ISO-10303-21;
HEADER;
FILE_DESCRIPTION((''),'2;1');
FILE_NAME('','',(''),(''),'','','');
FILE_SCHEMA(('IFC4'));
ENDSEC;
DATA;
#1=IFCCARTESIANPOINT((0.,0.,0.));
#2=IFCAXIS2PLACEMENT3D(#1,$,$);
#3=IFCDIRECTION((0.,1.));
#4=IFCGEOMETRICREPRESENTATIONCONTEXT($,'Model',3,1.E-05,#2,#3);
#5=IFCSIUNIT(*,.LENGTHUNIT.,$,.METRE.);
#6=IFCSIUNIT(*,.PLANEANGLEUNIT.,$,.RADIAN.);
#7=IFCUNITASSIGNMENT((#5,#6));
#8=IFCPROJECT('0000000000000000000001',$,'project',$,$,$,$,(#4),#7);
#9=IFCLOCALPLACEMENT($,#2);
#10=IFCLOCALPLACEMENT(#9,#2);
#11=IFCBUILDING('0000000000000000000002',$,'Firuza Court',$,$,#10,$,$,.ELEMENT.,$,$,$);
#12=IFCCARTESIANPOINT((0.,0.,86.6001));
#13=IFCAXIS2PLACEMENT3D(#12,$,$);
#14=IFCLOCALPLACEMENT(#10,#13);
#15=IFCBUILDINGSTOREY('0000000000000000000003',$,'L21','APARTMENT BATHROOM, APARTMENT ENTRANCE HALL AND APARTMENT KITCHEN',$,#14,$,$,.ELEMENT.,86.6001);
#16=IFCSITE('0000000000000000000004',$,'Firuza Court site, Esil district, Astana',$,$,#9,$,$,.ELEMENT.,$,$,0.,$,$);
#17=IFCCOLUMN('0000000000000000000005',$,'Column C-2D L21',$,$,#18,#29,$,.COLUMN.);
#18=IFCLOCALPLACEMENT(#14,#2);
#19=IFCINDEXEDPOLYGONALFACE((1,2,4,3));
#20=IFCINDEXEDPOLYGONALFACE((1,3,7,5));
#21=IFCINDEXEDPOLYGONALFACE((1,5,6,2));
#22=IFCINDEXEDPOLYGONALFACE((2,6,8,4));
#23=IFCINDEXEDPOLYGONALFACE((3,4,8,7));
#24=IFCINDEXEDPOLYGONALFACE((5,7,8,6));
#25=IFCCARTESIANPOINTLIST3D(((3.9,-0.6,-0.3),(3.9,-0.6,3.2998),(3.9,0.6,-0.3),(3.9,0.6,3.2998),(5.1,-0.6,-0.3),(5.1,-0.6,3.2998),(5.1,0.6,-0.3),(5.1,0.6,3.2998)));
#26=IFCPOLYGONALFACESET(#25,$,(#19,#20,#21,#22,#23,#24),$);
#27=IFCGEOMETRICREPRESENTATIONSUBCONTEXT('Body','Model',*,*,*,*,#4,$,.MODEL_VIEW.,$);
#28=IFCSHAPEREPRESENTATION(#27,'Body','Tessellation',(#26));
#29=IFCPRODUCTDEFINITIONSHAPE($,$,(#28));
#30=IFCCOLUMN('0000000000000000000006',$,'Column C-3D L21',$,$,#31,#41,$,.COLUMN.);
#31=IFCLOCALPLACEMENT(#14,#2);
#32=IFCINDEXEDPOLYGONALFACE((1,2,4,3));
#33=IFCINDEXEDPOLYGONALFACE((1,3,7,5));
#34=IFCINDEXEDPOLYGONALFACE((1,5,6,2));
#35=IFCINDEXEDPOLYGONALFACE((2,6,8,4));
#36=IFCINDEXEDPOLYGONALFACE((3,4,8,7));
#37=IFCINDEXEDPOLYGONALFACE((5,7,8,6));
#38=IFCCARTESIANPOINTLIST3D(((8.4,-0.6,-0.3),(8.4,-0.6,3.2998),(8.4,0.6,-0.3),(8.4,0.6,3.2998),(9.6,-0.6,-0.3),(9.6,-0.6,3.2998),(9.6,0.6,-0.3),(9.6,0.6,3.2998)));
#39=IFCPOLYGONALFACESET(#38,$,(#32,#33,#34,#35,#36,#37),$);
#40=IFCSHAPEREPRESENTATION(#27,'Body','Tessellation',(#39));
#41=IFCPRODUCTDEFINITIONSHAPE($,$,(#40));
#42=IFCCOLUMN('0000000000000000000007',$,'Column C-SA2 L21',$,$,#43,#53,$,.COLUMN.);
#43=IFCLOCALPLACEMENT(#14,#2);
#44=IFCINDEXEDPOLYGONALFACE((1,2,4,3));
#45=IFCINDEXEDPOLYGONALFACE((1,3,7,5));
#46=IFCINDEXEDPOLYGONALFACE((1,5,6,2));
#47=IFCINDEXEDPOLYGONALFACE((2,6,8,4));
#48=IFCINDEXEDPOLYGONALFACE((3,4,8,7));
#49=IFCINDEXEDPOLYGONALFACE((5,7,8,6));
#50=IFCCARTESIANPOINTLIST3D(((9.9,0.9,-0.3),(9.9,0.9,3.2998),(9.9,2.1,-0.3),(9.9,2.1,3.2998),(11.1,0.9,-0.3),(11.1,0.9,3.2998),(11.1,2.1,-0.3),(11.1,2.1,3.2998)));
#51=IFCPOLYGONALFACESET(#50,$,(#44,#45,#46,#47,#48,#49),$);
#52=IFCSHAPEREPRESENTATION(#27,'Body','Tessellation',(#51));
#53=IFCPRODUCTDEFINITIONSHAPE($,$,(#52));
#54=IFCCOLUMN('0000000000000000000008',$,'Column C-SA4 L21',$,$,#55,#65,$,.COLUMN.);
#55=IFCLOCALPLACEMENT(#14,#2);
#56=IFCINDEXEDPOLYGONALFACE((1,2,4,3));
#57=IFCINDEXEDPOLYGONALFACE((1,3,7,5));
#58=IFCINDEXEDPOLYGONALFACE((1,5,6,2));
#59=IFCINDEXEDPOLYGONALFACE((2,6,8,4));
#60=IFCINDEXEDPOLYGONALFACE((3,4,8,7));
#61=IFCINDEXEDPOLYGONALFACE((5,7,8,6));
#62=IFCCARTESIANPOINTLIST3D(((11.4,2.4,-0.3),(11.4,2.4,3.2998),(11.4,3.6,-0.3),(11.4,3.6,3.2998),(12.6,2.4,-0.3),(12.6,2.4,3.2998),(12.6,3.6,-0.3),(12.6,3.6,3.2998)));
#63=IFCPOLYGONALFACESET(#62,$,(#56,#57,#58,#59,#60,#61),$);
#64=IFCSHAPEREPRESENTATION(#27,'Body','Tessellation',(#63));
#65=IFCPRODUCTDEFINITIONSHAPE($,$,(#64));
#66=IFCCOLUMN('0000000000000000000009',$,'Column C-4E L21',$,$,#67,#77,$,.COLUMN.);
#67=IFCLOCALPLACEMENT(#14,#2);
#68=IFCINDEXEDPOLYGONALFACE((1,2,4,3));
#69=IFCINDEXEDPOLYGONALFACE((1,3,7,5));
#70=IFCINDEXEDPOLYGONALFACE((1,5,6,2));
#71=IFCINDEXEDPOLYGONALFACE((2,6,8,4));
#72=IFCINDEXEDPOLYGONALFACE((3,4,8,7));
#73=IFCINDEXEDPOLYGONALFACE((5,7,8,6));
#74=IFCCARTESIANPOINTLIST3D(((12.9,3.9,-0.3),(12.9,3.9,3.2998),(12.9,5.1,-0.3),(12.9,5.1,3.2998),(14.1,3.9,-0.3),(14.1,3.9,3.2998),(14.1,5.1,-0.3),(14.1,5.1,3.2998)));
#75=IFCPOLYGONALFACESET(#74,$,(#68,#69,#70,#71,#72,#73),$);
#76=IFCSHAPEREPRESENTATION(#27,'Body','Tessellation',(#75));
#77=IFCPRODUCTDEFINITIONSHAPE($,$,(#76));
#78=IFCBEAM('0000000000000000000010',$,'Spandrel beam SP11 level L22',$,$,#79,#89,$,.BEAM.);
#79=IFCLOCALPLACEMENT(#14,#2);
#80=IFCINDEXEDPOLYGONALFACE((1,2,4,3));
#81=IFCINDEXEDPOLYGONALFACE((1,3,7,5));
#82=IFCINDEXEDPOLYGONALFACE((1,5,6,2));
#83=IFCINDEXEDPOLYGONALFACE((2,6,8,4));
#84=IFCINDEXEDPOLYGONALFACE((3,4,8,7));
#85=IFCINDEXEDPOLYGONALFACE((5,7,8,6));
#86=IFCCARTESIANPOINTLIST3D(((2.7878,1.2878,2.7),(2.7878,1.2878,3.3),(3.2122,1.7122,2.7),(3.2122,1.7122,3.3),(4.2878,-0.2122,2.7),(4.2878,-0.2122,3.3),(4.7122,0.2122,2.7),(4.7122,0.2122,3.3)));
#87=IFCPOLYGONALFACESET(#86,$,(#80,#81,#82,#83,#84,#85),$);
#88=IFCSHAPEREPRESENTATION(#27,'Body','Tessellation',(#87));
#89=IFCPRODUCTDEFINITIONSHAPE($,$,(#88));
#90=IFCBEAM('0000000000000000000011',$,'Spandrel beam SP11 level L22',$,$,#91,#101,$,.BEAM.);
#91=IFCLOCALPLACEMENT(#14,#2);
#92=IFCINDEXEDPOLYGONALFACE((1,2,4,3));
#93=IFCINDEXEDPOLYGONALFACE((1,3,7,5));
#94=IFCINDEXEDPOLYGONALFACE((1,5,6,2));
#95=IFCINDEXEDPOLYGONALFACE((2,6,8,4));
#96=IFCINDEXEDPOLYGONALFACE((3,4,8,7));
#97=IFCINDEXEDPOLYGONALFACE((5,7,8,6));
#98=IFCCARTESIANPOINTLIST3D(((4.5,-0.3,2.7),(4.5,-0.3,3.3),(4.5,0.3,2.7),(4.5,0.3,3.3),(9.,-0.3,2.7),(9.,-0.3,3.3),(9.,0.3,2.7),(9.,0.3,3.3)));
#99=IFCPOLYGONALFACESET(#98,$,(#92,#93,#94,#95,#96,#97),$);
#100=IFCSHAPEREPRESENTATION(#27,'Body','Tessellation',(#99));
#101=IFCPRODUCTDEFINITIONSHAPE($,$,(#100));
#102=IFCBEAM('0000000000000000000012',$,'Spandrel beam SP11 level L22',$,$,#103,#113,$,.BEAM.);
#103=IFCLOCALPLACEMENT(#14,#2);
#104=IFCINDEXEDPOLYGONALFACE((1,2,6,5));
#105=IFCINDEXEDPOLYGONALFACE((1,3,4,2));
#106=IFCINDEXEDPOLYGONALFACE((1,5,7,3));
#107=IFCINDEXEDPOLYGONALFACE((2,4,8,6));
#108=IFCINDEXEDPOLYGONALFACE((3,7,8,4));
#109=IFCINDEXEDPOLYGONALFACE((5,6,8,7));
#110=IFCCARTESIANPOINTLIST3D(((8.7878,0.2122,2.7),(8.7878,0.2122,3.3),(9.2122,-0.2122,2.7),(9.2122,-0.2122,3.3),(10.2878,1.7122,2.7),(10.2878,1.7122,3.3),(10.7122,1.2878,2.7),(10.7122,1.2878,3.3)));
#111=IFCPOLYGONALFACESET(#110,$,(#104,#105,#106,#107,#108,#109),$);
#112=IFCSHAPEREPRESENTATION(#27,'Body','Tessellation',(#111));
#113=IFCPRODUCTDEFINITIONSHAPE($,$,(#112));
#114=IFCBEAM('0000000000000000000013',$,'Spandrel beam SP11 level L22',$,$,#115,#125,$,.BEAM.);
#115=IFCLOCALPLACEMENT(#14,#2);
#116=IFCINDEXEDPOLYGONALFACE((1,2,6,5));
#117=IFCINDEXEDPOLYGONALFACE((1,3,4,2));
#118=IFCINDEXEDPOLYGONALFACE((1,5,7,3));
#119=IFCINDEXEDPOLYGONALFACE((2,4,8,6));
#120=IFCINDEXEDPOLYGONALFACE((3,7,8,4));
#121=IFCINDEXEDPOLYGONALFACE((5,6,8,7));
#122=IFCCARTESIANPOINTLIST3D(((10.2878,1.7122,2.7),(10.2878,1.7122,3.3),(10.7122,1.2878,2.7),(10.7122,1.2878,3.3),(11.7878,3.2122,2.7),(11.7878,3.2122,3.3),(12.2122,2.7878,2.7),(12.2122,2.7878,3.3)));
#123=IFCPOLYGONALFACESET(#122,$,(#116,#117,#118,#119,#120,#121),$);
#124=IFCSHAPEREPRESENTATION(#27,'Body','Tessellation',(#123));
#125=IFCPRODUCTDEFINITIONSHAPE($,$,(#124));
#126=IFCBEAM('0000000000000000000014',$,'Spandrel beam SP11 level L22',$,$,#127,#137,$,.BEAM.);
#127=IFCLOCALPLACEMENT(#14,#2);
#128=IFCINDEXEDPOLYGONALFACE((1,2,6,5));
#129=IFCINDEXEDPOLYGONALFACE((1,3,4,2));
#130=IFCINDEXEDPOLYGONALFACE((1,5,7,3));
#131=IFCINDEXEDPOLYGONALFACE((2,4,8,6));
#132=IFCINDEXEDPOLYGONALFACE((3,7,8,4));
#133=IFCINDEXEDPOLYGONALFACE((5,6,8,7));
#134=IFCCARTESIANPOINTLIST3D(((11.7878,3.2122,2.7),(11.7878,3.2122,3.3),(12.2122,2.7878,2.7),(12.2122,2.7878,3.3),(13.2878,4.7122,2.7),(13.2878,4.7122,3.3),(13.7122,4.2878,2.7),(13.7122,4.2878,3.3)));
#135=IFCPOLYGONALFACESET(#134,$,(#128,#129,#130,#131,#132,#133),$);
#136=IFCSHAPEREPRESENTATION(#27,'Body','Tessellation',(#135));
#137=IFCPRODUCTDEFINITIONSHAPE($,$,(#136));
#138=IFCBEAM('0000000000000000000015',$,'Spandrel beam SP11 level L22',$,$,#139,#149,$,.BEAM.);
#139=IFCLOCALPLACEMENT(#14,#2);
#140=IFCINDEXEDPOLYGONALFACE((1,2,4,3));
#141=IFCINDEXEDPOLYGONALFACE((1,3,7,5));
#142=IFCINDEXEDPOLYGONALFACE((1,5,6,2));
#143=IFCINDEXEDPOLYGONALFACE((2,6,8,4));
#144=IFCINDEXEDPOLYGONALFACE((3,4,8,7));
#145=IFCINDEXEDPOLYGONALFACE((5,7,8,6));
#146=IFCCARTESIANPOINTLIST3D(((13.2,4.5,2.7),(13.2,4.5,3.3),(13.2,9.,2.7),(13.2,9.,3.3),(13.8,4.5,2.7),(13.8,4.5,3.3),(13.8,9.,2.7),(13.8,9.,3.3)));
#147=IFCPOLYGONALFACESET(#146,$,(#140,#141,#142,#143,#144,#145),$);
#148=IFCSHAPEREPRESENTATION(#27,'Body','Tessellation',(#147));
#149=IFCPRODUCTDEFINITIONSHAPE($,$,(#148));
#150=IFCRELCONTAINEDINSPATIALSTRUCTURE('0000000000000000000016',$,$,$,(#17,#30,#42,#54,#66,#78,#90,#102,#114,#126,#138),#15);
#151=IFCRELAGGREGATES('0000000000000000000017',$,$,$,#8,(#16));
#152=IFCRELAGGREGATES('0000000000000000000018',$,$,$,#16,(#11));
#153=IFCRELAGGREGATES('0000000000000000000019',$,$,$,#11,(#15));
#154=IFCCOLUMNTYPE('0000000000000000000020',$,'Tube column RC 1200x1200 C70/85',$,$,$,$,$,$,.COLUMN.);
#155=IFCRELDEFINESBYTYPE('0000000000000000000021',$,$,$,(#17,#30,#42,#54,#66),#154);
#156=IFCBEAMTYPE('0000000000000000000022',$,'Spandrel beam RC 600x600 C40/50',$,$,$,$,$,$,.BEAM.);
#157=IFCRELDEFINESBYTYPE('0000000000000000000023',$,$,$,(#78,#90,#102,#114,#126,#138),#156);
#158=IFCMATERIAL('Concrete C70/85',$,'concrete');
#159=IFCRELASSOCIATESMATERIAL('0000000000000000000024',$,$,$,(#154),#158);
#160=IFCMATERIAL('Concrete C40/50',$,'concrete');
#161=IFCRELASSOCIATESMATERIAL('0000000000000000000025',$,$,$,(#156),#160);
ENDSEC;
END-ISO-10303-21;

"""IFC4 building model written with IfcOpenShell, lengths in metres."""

from ifc_helpers import new_model, si_unit, direction, frame, origin, origin_2d, place, context, subcontext, project, spatial, rectangle, extrude, material, material_profile, profile_set, type_object, element, save


model = new_model("IFC4")

# Units and contexts
model_context = context("Model", 3, precision=1e-05, world=origin(), true_north=direction((0.0, 1.0)))
body_context = subcontext(model_context, "Body", "Model", "MODEL_VIEW")
ifc_project = project(units=[si_unit("LENGTHUNIT", "METRE"), si_unit("PLANEANGLEUNIT", "RADIAN")], contexts=[model_context])

# Site, building, storey
site_placement = place(None, origin())
site = spatial("IfcSite", under=ifc_project, at=site_placement, Name="Firuza Court site, Esil district, Astana", CompositionType="ELEMENT", RefElevation=0.0)
building_placement = place(site_placement, origin())
building = spatial("IfcBuilding", under=site, at=building_placement, Name="Firuza Court", CompositionType="ELEMENT")
storey_placement = place(building_placement, frame((0.0, 0.0, 86.6001)))
storey = spatial("IfcBuildingStorey", under=building, at=storey_placement, Name="L21", Description="APARTMENT BATHROOM, APARTMENT ENTRANCE HALL AND APARTMENT KITCHEN", CompositionType="ELEMENT", Elevation=86.6001)

# Columns
ifc_material_1 = material(Name="Concrete C70/85", Category="concrete")
ifc_material_profile_1 = material_profile(ifc_material_1, rectangle(XDim=1.2, YDim=1.2, at=origin_2d()), Name="RC 1200x1200")
ifc_profile_set_1 = profile_set([ifc_material_profile_1], Name="Concrete C70/85")
column_type = type_object("IfcColumnType", Name="Tube column RC 1200x1200 C70/85", PredefinedType="COLUMN", material=ifc_profile_set_1)
for number, where, z_axis, x_axis, name in (
    (1, (4.5, 0.0, -0.3), (0.0, 0.0, 1.0), (1.0, 0.0, 0.0), "Column C-2D L21"),
    (2, (9.0, 0.0, -0.3), (0.0, 0.0, 1.0), (1.0, 0.0, 0.0), "Column C-3D L21"),
    (3, (10.5, 1.5, -0.3), (0.0, 0.0, 1.0), (1.0, 0.0, 0.0), "Column C-SA2 L21"),
    (4, (12.0, 3.0, -0.3), (0.0, 0.0, 1.0), (1.0, 0.0, 0.0), "Column C-SA4 L21"),
    (5, (13.5, 4.5, -0.3), (0.0, 0.0, 1.0), (1.0, 0.0, 0.0), "Column C-4E L21"),
):
    element("IfcColumn", number, at=place(storey_placement, frame(where, z_axis=z_axis, x_axis=x_axis)), inside=storey, type_object=column_type, Name=name, PredefinedType="COLUMN", context=body_context, shape_type="SweptSolid", body=[
        extrude(rectangle(XDim=1.2, YDim=1.2, at=origin_2d()), origin(), (0.0, 0.0, 1.0), 3.5999),
    ])

# Beams
ifc_material_2 = material(Name="Concrete C40/50", Category="concrete")
ifc_material_profile_2 = material_profile(ifc_material_2, rectangle(XDim=0.6001, YDim=0.6001, at=origin_2d()), Name="RC 600x600")
ifc_profile_set_2 = profile_set([ifc_material_profile_2], Name="Concrete C40/50")
beam_type = type_object("IfcBeamType", Name="Spandrel beam RC 600x600 C40/50", PredefinedType="BEAM", material=ifc_profile_set_2)
beam_1_placement = place(storey_placement, frame((3.0, 1.5, 3.0), z_axis=(0.707107, -0.707107, 0.0), x_axis=(0.707107, 0.707107, 0.0)))
element("IfcBeam", 6, at=beam_1_placement, inside=storey, type_object=beam_type, Name="Spandrel beam SP11 level L22", PredefinedType="BEAM", context=body_context, shape_type="SweptSolid", body=[
    extrude(rectangle(XDim=0.6001, YDim=0.6001, at=origin_2d()), origin(), (0.0, 0.0, 1.0), 2.1213),
])
beam_2_placement = place(storey_placement, frame((4.5, 0.0, 3.0), z_axis=(1.0, 0.0, 0.0), x_axis=(0.0, 1.0, 0.0)))
element("IfcBeam", 7, at=beam_2_placement, inside=storey, type_object=beam_type, Name="Spandrel beam SP11 level L22", PredefinedType="BEAM", context=body_context, shape_type="SweptSolid", body=[
    extrude(rectangle(XDim=0.6001, YDim=0.6001, at=origin_2d()), origin(), (0.0, 0.0, 1.0), 4.5),
])
for number, where, z_axis, x_axis, name in (
    (8, (9.0, 0.0, 3.0), (0.707107, 0.707107, 0.0), (-0.707107, 0.707107, 0.0), "Spandrel beam SP11 level L22"),
    (9, (10.5, 1.5, 3.0), (0.707107, 0.707107, 0.0), (-0.707107, 0.707107, 0.0), "Spandrel beam SP11 level L22"),
    (10, (12.0, 3.0, 3.0), (0.707107, 0.707107, 0.0), (-0.707107, 0.707107, 0.0), "Spandrel beam SP11 level L22"),
):
    element("IfcBeam", number, at=place(storey_placement, frame(where, z_axis=z_axis, x_axis=x_axis)), inside=storey, type_object=beam_type, Name=name, PredefinedType="BEAM", context=body_context, shape_type="SweptSolid", body=[
        extrude(rectangle(XDim=0.6001, YDim=0.6001, at=origin_2d()), origin(), (0.0, 0.0, 1.0), 2.1213),
    ])
beam_3_placement = place(storey_placement, frame((13.5, 4.5, 3.0), z_axis=(0.0, 1.0, 0.0), x_axis=(-1.0, 0.0, 0.0)))
element("IfcBeam", 11, at=beam_3_placement, inside=storey, type_object=beam_type, Name="Spandrel beam SP11 level L22", PredefinedType="BEAM", context=body_context, shape_type="SweptSolid", body=[
    extrude(rectangle(XDim=0.6001, YDim=0.6001, at=origin_2d()), origin(), (0.0, 0.0, 1.0), 4.5),
])

save(model, "model.ifc")
